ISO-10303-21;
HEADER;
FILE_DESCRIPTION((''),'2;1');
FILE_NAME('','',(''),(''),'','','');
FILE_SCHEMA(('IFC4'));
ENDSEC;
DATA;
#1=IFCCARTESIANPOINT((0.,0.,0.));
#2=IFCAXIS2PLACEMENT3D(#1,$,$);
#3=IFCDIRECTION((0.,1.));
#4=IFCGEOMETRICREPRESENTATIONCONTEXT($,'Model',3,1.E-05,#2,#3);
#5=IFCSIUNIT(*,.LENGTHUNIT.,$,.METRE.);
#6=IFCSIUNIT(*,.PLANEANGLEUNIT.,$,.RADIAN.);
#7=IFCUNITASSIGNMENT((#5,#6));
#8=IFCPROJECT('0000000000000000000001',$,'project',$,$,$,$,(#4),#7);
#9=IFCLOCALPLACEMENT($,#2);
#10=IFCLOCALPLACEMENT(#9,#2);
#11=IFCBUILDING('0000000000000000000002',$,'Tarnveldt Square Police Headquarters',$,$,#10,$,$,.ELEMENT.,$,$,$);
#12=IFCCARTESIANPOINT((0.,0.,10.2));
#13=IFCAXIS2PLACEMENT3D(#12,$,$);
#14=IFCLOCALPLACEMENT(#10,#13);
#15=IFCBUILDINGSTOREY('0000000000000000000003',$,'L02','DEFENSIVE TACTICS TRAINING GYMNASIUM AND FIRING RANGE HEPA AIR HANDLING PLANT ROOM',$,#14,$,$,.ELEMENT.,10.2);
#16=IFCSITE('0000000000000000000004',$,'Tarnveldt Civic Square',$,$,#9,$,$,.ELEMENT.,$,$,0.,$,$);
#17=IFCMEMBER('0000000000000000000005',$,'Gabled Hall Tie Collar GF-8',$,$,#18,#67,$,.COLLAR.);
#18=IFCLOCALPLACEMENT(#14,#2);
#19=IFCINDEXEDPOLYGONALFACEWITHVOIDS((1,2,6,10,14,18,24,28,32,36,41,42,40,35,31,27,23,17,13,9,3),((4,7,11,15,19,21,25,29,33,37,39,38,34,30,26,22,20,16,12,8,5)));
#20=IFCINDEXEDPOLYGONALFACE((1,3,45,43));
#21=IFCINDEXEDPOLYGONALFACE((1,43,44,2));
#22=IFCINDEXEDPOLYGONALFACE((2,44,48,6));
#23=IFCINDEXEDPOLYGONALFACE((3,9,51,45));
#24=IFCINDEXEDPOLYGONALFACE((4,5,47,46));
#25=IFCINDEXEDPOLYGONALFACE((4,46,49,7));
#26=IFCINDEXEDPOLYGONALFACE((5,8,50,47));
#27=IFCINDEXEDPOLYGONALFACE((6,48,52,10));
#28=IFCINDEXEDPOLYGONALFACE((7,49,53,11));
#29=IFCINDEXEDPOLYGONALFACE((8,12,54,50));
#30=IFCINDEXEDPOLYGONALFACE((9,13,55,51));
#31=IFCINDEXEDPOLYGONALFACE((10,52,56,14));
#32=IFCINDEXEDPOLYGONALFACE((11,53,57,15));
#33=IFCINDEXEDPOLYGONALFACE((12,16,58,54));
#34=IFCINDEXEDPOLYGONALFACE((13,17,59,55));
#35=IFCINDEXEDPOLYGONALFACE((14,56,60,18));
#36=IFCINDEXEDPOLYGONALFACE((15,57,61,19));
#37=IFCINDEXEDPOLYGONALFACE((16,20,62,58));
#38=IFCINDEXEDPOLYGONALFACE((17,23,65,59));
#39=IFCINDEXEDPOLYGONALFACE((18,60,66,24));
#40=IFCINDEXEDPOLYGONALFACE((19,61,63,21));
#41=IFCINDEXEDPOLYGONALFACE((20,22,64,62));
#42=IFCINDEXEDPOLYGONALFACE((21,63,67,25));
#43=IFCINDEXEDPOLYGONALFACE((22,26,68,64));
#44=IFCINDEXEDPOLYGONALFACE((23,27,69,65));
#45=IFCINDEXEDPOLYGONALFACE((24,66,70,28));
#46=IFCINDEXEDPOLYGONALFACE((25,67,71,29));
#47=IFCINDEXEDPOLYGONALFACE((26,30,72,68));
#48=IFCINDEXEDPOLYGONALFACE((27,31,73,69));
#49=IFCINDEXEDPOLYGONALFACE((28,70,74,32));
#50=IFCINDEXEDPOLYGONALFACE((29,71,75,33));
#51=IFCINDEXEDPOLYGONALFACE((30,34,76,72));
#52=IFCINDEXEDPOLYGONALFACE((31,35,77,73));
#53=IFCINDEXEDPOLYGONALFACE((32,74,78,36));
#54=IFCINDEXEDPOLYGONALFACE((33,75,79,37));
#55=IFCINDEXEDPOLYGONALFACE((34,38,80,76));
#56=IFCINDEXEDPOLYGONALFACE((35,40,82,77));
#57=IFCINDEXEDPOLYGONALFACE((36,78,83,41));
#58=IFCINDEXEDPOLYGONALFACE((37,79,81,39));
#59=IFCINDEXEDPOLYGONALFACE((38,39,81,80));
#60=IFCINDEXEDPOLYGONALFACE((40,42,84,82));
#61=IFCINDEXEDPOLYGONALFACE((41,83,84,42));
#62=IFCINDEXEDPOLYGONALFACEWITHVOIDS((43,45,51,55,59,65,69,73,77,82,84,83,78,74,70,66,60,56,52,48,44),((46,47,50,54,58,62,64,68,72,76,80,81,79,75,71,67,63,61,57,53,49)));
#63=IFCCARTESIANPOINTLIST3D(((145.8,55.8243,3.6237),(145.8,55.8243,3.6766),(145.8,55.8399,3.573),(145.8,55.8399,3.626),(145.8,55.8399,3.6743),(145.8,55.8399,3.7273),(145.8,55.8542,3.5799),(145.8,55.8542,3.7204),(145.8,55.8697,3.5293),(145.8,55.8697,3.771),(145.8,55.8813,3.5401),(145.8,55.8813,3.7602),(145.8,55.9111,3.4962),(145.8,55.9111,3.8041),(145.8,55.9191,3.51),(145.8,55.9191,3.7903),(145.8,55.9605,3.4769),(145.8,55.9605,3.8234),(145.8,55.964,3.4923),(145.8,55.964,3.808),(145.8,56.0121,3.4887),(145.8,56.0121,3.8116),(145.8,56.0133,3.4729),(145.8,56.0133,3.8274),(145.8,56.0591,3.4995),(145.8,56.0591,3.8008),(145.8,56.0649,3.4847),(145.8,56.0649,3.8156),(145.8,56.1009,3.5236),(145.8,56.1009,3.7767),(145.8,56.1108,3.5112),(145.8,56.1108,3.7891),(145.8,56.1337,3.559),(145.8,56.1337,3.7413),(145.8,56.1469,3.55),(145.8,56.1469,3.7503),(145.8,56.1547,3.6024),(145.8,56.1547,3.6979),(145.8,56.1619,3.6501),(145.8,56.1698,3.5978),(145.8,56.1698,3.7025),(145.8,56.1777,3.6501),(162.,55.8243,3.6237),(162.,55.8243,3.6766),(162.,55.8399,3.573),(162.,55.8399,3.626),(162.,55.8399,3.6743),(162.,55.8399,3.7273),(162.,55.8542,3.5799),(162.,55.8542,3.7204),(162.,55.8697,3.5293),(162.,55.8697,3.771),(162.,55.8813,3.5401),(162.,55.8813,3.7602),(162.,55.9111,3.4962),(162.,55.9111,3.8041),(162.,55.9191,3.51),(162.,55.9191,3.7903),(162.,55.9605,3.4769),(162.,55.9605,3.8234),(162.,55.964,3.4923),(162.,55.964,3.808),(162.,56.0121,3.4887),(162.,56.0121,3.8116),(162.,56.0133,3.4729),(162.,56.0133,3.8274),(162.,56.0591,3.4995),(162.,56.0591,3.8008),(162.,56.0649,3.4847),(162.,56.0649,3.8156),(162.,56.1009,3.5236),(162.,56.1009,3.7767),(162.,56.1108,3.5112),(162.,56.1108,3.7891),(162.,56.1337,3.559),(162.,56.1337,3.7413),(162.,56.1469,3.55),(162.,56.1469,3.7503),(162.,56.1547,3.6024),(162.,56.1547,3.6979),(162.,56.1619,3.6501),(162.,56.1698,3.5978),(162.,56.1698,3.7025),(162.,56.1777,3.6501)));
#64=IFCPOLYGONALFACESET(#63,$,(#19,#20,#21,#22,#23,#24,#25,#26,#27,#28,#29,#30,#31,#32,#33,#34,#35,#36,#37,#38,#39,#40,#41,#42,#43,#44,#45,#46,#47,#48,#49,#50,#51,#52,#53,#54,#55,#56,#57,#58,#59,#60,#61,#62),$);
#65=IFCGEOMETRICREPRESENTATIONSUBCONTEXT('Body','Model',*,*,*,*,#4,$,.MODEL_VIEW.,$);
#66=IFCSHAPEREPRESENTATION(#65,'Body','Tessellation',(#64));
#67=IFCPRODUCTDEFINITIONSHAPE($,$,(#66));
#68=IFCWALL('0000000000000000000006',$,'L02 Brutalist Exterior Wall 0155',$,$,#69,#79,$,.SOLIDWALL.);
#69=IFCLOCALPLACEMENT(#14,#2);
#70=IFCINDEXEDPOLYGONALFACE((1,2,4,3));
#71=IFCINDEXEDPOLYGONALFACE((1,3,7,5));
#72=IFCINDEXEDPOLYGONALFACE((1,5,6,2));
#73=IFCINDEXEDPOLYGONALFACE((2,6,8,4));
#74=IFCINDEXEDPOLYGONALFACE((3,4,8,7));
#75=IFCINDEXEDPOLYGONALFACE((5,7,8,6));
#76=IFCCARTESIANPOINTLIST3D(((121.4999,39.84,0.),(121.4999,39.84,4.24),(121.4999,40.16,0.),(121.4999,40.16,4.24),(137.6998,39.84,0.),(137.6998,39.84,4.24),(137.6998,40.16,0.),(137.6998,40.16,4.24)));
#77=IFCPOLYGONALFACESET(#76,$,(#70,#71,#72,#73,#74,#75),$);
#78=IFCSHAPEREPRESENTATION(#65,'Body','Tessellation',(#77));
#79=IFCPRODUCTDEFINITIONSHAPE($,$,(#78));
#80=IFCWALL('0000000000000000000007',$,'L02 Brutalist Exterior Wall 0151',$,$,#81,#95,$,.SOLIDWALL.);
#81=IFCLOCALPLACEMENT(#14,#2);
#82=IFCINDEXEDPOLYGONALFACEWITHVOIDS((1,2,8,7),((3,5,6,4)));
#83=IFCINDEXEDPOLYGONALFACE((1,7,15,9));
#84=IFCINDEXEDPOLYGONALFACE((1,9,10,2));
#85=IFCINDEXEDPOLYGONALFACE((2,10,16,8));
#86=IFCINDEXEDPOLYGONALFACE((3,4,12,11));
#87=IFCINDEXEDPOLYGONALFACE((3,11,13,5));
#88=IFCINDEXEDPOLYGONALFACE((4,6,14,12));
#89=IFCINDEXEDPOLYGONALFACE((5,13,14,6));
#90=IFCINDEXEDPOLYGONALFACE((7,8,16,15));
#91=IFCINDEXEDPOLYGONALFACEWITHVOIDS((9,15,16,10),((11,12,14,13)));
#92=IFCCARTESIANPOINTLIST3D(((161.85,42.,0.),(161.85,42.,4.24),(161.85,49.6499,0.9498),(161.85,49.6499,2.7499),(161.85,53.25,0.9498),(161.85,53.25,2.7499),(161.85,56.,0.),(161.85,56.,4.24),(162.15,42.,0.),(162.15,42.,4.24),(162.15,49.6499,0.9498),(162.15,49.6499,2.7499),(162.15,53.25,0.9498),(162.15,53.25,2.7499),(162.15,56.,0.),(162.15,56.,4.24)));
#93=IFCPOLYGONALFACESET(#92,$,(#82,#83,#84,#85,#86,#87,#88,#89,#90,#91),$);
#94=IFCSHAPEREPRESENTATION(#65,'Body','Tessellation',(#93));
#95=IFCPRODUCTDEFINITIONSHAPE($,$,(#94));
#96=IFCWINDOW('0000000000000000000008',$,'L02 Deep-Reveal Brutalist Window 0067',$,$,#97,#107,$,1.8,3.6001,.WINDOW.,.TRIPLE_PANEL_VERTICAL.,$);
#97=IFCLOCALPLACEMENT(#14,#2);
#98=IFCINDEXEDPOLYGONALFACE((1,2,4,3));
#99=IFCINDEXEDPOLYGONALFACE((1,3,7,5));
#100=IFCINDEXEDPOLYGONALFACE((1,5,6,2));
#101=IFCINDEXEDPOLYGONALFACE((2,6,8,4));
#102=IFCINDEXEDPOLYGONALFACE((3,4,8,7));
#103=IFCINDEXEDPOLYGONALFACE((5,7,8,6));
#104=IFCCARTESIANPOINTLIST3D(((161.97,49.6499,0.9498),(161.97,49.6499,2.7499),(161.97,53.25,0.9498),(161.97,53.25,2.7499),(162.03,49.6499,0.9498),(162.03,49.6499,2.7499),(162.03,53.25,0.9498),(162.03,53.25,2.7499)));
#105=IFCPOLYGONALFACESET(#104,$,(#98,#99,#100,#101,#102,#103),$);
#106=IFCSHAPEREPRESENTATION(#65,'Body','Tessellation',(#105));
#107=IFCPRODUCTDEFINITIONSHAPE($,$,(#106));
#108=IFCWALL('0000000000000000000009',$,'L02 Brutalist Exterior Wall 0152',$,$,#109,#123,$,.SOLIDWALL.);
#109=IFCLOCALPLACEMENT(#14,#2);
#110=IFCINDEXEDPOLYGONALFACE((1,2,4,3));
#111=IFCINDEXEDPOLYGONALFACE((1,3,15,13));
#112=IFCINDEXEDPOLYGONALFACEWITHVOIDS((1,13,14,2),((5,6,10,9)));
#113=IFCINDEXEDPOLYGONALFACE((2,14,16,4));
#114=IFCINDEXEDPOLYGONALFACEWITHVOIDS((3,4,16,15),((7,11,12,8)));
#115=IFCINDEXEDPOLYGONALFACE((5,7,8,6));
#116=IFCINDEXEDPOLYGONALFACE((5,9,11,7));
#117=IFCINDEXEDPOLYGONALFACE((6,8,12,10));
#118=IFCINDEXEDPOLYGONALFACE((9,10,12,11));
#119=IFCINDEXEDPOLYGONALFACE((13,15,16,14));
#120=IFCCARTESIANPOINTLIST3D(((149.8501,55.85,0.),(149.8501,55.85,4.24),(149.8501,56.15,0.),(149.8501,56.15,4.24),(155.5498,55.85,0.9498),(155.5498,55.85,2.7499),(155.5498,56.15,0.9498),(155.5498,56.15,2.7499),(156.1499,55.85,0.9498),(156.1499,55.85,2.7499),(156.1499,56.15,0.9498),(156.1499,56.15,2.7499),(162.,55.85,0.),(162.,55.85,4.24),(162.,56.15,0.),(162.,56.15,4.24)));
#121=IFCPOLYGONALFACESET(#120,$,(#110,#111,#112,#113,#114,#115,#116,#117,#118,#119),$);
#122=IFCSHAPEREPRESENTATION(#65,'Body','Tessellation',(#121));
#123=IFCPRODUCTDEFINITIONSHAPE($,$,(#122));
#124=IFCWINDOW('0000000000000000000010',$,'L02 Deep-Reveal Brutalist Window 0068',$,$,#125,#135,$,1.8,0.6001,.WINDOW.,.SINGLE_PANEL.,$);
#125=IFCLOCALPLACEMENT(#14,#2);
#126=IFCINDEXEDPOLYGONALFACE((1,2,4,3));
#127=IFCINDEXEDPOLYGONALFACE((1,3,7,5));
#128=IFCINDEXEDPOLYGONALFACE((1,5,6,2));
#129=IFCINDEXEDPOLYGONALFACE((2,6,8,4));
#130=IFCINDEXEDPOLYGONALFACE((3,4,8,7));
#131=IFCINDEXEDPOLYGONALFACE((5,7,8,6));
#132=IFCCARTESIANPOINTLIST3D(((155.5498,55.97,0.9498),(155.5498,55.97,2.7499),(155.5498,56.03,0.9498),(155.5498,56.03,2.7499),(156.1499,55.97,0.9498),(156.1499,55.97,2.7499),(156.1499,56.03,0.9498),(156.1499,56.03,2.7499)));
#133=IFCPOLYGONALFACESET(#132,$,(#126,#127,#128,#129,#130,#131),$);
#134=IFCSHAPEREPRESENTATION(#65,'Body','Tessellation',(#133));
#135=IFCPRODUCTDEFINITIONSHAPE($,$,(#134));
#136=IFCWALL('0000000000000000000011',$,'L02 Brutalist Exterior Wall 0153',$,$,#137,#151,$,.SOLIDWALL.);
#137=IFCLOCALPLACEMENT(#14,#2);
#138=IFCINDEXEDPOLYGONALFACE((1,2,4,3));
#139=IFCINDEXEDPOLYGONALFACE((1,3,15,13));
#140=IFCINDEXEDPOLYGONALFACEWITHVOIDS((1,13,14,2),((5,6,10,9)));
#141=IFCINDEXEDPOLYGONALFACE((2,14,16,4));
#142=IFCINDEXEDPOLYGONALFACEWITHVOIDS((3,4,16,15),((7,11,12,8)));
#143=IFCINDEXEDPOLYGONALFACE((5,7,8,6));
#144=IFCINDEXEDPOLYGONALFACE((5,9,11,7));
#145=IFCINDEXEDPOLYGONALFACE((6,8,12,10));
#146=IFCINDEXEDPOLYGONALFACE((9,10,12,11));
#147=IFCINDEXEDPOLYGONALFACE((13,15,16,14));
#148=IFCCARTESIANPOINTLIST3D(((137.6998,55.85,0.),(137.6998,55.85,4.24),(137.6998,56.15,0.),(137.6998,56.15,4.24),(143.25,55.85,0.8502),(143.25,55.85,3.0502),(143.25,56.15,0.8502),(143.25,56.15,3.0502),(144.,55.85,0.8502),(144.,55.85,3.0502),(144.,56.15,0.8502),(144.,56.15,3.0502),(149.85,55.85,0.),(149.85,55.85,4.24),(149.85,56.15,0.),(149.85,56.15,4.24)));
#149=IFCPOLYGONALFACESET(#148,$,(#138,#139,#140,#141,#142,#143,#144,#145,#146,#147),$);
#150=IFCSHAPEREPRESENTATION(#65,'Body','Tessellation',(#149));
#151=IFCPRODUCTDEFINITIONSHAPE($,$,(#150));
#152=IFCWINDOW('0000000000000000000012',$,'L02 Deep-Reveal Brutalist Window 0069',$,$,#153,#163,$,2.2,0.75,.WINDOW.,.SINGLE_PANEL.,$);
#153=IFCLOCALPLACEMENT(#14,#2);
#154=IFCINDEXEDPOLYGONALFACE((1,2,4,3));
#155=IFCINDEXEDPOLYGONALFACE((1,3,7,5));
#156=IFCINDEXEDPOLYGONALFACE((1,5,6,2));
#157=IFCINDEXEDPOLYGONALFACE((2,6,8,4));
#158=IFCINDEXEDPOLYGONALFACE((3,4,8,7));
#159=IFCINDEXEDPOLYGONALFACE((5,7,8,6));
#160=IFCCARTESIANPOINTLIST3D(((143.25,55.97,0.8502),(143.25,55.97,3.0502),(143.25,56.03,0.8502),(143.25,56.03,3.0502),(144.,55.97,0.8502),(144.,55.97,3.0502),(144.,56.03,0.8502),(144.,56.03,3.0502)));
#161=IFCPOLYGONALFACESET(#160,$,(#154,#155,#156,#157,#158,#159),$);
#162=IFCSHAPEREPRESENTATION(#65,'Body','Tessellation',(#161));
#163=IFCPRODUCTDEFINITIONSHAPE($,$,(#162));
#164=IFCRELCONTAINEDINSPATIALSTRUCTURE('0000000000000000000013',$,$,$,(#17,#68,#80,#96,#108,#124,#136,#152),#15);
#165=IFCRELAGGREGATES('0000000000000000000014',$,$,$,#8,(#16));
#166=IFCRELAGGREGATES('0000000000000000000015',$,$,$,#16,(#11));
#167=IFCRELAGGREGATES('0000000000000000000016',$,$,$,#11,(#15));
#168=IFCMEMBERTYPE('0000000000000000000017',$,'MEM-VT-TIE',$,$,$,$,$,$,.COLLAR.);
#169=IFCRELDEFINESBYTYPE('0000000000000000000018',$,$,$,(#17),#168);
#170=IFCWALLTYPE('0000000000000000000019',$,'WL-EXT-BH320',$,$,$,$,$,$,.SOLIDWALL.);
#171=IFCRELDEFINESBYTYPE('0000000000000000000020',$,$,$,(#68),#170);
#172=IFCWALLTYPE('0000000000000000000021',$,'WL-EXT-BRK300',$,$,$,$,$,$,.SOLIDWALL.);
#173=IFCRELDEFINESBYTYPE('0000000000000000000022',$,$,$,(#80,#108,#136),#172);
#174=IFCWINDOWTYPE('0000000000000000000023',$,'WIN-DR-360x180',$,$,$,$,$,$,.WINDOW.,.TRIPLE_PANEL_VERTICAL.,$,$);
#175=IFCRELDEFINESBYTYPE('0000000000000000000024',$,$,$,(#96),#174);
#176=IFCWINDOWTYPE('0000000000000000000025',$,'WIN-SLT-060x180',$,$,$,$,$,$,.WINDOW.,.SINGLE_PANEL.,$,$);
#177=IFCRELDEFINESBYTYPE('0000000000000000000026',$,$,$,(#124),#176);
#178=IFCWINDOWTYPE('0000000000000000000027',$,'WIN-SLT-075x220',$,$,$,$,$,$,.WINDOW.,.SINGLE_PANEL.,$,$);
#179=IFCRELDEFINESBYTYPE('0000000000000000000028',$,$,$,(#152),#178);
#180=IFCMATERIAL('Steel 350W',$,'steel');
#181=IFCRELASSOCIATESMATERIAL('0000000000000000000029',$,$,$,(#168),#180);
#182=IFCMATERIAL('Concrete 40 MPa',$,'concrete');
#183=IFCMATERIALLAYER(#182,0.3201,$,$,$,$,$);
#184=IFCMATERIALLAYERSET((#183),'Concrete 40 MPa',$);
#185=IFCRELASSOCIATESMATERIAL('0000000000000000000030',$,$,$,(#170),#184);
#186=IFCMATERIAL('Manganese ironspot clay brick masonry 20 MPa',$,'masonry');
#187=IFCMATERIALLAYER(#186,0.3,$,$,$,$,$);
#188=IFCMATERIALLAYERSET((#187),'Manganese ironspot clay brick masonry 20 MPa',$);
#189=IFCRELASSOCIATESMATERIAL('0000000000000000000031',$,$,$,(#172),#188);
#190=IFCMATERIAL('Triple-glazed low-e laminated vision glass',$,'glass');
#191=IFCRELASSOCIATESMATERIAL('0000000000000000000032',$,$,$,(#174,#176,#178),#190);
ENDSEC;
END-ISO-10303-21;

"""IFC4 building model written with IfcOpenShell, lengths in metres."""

from ifc_helpers import new_model, si_unit, direction, frame, frame_2d, origin, origin_2d, place, context, subcontext, project, spatial, rectangle, hollow_circle, extrude, material, layer, layer_set, material_profile, profile_set, type_object, element, fill, save


model = new_model("IFC4")

# Units and contexts
model_context = context("Model", 3, precision=1e-05, world=origin(), true_north=direction((0.0, 1.0)))
body_context = subcontext(model_context, "Body", "Model", "MODEL_VIEW")
ifc_project = project(units=[si_unit("LENGTHUNIT", "METRE"), si_unit("PLANEANGLEUNIT", "RADIAN")], contexts=[model_context])

# Site, building, storey
site_placement = place(None, origin())
site = spatial("IfcSite", under=ifc_project, at=site_placement, Name="Tarnveldt Civic Square", CompositionType="ELEMENT", RefElevation=0.0)
building_placement = place(site_placement, origin())
building = spatial("IfcBuilding", under=site, at=building_placement, Name="Tarnveldt Square Police Headquarters", CompositionType="ELEMENT")
storey_placement = place(building_placement, frame((0.0, 0.0, 10.2)))
storey = spatial("IfcBuildingStorey", under=building, at=storey_placement, Name="L02", Description="DEFENSIVE TACTICS TRAINING GYMNASIUM AND FIRING RANGE HEPA AIR HANDLING PLANT ROOM", CompositionType="ELEMENT", Elevation=10.2)

# Shared definitions
ifc_material_1 = material(Name="Steel 350W", Category="steel")

# Member
ifc_material_profile_1 = material_profile(ifc_material_1, hollow_circle(Radius=0.1777, WallThickness=0.0159, at=origin_2d()), Name="HSS356x16")
ifc_profile_set_1 = profile_set([ifc_material_profile_1], Name="Steel 350W")
member_type = type_object("IfcMemberType", Name="MEM-VT-TIE", PredefinedType="COLLAR", material=ifc_profile_set_1)
for number, where, z_axis, x_axis, name in (
    (1, (145.8, 56.0, 3.6501), (1.0, 0.0, 0.0), (0.0, 1.0, 0.0), "Gabled Hall Tie Collar GF-8"),
):
    element("IfcMember", number, at=place(storey_placement, frame(where, z_axis=z_axis, x_axis=x_axis)), inside=storey, type_object=member_type, Name=name, PredefinedType="COLLAR", context=body_context, shape_type="SweptSolid", body=[
        extrude(hollow_circle(Radius=0.1777, WallThickness=0.0159, at=origin_2d()), origin(), (0.0, 0.0, 1.0), 16.2),
    ])

# Wall
ifc_material_2 = material(Name="Concrete 40 MPa", Category="concrete")
ifc_layer_1 = layer(ifc_material_2, 0.3201)
ifc_layer_set_1 = layer_set([ifc_layer_1], Name="Concrete 40 MPa")
wall_type_1 = type_object("IfcWallType", Name="WL-EXT-BH320", PredefinedType="SOLIDWALL", material=ifc_layer_set_1)
wall_1_placement = place(storey_placement, frame((137.7, 40.0, 0.0), z_axis=(0.0, 0.0, 1.0), x_axis=(-1.0, 0.0, 0.0)))
element("IfcWall", 2, at=wall_1_placement, inside=storey, type_object=wall_type_1, Name="L02 Brutalist Exterior Wall 0155", PredefinedType="SOLIDWALL", context=body_context, shape_type="SweptSolid", body=[
    extrude(rectangle(XDim=16.2, YDim=0.3201, at=frame_2d((8.1001, 0.0))), origin(), (0.0, 0.0, 1.0), 4.24),
])

# Walls, openings, windows
ifc_material_3 = material(Name="Manganese ironspot clay brick masonry 20 MPa", Category="masonry")
ifc_layer_2 = layer(ifc_material_3, 0.3)
ifc_layer_set_2 = layer_set([ifc_layer_2], Name="Manganese ironspot clay brick masonry 20 MPa")
wall_type_2 = type_object("IfcWallType", Name="WL-EXT-BRK300", PredefinedType="SOLIDWALL", material=ifc_layer_set_2)
wall_2_placement = place(storey_placement, frame((162.0, 42.0, 0.0), z_axis=(0.0, 0.0, 1.0), x_axis=(0.0, 1.0, 0.0)))
wall_2 = element("IfcWall", 3, at=wall_2_placement, inside=storey, type_object=wall_type_2, Name="L02 Brutalist Exterior Wall 0151", PredefinedType="SOLIDWALL", context=body_context, shape_type="SweptSolid", body=[
    extrude(rectangle(XDim=14.0, YDim=0.3, at=frame_2d((7.0, 0.0))), origin(), (0.0, 0.0, 1.0), 4.24),
])
opening_1_placement = place(wall_2_placement, frame((7.6499, 0.0, 0.95)))
opening_1 = element("IfcOpeningElement", 4, at=opening_1_placement, cuts=wall_2, PredefinedType="OPENING", context=body_context, shape_type="SweptSolid", body=[
    extrude(rectangle(XDim=3.6001, YDim=1.8, at=frame_2d((1.8, 0.8999))), frame((0.0, 0.1599, 0.0), z_axis=(0.0, -1.0, 0.0), x_axis=(1.0, 0.0, 0.0)), (0.0, 0.0, 1.0), 0.3201),
])
ifc_material_4 = material(Name="Triple-glazed low-e laminated vision glass", Category="glass")
window_type_1 = type_object("IfcWindowType", Name="WIN-DR-360x180", PartitioningType="TRIPLE_PANEL_VERTICAL", PredefinedType="WINDOW", material=ifc_material_4)
window_1_placement = place(opening_1_placement, origin())
window_1 = element("IfcWindow", 5, at=window_1_placement, inside=storey, type_object=window_type_1, Name="L02 Deep-Reveal Brutalist Window 0067", OverallHeight=1.8, OverallWidth=3.6001, PartitioningType="TRIPLE_PANEL_VERTICAL", PredefinedType="WINDOW", context=body_context, shape_type="SweptSolid", body=[
    extrude(rectangle(XDim=3.6001, YDim=1.8, at=frame_2d((1.8, 0.8999))), frame((0.0, 0.03, 0.0), z_axis=(0.0, -1.0, 0.0), x_axis=(1.0, 0.0, 0.0)), (0.0, 0.0, 1.0), 0.0601),
])
fill(opening_1, window_1)
wall_3_placement = place(storey_placement, frame((162.0, 56.0, 0.0), z_axis=(0.0, 0.0, 1.0), x_axis=(-1.0, 0.0, 0.0)))
wall_3 = element("IfcWall", 6, at=wall_3_placement, inside=storey, type_object=wall_type_2, Name="L02 Brutalist Exterior Wall 0152", PredefinedType="SOLIDWALL", context=body_context, shape_type="SweptSolid", body=[
    extrude(rectangle(XDim=12.1499, YDim=0.3, at=frame_2d((6.075, 0.0))), origin(), (0.0, 0.0, 1.0), 4.24),
])
opening_2_placement = place(wall_3_placement, frame((5.8501, 0.0, 0.95)))
opening_2 = element("IfcOpeningElement", 7, at=opening_2_placement, cuts=wall_3, PredefinedType="OPENING", context=body_context, shape_type="SweptSolid", body=[
    extrude(rectangle(XDim=0.6001, YDim=1.8, at=frame_2d((0.3, 0.8999))), frame((0.0, 0.1599, 0.0), z_axis=(0.0, -1.0, 0.0), x_axis=(1.0, 0.0, 0.0)), (0.0, 0.0, 1.0), 0.3201),
])
window_type_2 = type_object("IfcWindowType", Name="WIN-SLT-060x180", PartitioningType="SINGLE_PANEL", PredefinedType="WINDOW", material=ifc_material_4)
window_2_placement = place(opening_2_placement, origin())
window_2 = element("IfcWindow", 8, at=window_2_placement, inside=storey, type_object=window_type_2, Name="L02 Deep-Reveal Brutalist Window 0068", OverallHeight=1.8, OverallWidth=0.6001, PartitioningType="SINGLE_PANEL", PredefinedType="WINDOW", context=body_context, shape_type="SweptSolid", body=[
    extrude(rectangle(XDim=0.6001, YDim=1.8, at=frame_2d((0.3, 0.8999))), frame((0.0, 0.03, 0.0), z_axis=(0.0, -1.0, 0.0), x_axis=(1.0, 0.0, 0.0)), (0.0, 0.0, 1.0), 0.0601),
])
fill(opening_2, window_2)
wall_4_placement = place(storey_placement, frame((149.8501, 56.0, 0.0), z_axis=(0.0, 0.0, 1.0), x_axis=(-1.0, 0.0, 0.0)))
wall_4 = element("IfcWall", 9, at=wall_4_placement, inside=storey, type_object=wall_type_2, Name="L02 Brutalist Exterior Wall 0153", PredefinedType="SOLIDWALL", context=body_context, shape_type="SweptSolid", body=[
    extrude(rectangle(XDim=12.1501, YDim=0.3, at=frame_2d((6.0752, 0.0))), origin(), (0.0, 0.0, 1.0), 4.24),
])
opening_3_placement = place(wall_4_placement, frame((5.8501, 0.0, 0.8501)))
opening_3 = element("IfcOpeningElement", 10, at=opening_3_placement, cuts=wall_4, PredefinedType="OPENING", context=body_context, shape_type="SweptSolid", body=[
    extrude(rectangle(XDim=0.75, YDim=2.2, at=frame_2d((0.375, 1.1001))), frame((0.0, 0.1599, 0.0), z_axis=(0.0, -1.0, 0.0), x_axis=(1.0, 0.0, 0.0)), (0.0, 0.0, 1.0), 0.3201),
])
window_type_3 = type_object("IfcWindowType", Name="WIN-SLT-075x220", PartitioningType="SINGLE_PANEL", PredefinedType="WINDOW", material=ifc_material_4)
window_3_placement = place(opening_3_placement, origin())
window_3 = element("IfcWindow", 11, at=window_3_placement, inside=storey, type_object=window_type_3, Name="L02 Deep-Reveal Brutalist Window 0069", OverallHeight=2.2, OverallWidth=0.75, PartitioningType="SINGLE_PANEL", PredefinedType="WINDOW", context=body_context, shape_type="SweptSolid", body=[
    extrude(rectangle(XDim=0.75, YDim=2.2, at=frame_2d((0.375, 1.1001))), frame((0.0, 0.03, 0.0), z_axis=(0.0, -1.0, 0.0), x_axis=(1.0, 0.0, 0.0)), (0.0, 0.0, 1.0), 0.0601),
])
fill(opening_3, window_3)

save(model, "model.ifc")
